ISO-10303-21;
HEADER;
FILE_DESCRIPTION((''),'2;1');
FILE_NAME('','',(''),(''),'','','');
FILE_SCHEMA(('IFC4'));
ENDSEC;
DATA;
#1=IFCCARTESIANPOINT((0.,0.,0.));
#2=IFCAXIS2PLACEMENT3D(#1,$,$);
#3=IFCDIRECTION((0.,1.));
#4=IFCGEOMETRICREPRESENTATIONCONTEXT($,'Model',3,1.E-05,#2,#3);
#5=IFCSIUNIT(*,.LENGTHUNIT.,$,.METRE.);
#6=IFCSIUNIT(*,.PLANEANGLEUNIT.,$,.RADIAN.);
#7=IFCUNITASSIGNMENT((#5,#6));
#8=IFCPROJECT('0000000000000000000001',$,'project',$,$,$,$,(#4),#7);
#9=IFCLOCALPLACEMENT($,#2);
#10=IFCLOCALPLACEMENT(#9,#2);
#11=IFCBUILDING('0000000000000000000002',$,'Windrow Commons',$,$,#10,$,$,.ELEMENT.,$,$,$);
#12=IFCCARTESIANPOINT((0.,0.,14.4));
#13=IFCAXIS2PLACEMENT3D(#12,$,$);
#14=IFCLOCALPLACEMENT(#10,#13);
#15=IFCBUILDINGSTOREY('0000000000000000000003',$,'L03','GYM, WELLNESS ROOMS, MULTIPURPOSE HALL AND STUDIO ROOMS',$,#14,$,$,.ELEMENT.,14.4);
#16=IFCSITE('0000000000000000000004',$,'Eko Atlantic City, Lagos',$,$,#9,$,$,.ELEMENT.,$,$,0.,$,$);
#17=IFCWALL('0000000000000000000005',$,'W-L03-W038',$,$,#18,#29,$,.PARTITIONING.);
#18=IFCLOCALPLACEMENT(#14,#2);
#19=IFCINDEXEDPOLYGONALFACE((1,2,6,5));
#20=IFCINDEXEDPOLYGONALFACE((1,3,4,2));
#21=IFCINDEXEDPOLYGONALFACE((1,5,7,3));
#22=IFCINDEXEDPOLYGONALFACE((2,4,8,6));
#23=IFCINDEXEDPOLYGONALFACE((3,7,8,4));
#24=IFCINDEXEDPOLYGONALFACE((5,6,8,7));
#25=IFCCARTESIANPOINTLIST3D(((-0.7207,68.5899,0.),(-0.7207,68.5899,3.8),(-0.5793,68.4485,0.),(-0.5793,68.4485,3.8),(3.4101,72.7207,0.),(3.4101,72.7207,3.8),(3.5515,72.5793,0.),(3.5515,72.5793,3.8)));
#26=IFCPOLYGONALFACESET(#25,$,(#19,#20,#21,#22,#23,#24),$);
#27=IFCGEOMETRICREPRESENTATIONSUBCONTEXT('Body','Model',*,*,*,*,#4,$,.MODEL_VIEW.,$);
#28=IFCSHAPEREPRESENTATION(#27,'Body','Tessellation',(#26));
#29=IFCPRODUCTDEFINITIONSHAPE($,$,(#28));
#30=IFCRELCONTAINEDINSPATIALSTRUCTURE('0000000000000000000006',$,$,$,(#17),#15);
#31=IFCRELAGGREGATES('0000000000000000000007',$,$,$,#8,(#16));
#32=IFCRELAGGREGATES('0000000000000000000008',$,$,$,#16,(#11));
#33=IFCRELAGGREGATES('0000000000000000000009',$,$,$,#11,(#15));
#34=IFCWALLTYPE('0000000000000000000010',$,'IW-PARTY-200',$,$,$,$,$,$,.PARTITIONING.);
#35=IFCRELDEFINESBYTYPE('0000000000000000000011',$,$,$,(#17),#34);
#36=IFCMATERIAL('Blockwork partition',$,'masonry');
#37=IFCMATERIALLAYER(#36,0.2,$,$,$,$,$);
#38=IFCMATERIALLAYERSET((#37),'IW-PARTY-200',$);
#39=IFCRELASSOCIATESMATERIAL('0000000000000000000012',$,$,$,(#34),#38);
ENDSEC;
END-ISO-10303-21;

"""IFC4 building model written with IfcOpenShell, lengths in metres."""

from ifc_helpers import new_model, si_unit, direction, frame, frame_2d, origin, place, context, subcontext, project, spatial, rectangle, extrude, material, layer, layer_set, type_object, element, save


model = new_model("IFC4")

# Units and contexts
model_context = context("Model", 3, precision=1e-05, world=origin(), true_north=direction((0.0, 1.0)))
body_context = subcontext(model_context, "Body", "Model", "MODEL_VIEW")
ifc_project = project(units=[si_unit("LENGTHUNIT", "METRE"), si_unit("PLANEANGLEUNIT", "RADIAN")], contexts=[model_context])

# Site, building, storey
site_placement = place(None, origin())
site = spatial("IfcSite", under=ifc_project, at=site_placement, Name="Eko Atlantic City, Lagos", CompositionType="ELEMENT", RefElevation=0.0)
building_placement = place(site_placement, origin())
building = spatial("IfcBuilding", under=site, at=building_placement, Name="Windrow Commons", CompositionType="ELEMENT")
storey_placement = place(building_placement, frame((0.0, 0.0, 14.4)))
storey = spatial("IfcBuildingStorey", under=building, at=storey_placement, Name="L03", Description="GYM, WELLNESS ROOMS, MULTIPURPOSE HALL AND STUDIO ROOMS", CompositionType="ELEMENT", Elevation=14.4)

# Wall
ifc_material_1 = material(Name="Blockwork partition", Category="masonry")
ifc_layer_1 = layer(ifc_material_1, 0.2)
ifc_layer_set_1 = layer_set([ifc_layer_1], Name="IW-PARTY-200")
wall_type_1 = type_object("IfcWallType", Name="IW-PARTY-200", PredefinedType="PARTITIONING", material=ifc_layer_set_1)
wall_1_placement = place(storey_placement, frame((-0.65, 68.5192, 0.0), z_axis=(0.0, 0.0, 1.0), x_axis=(0.707107, 0.707107, 0.0)))
element("IfcWall", 1, at=wall_1_placement, inside=storey, type_object=wall_type_1, Name="W-L03-W038", PredefinedType="PARTITIONING", context=body_context, shape_type="SweptSolid", body=[
    extrude(rectangle(XDim=5.8418, YDim=0.2, at=frame_2d((2.9209, 0.0))), origin(), (0.0, 0.0, 1.0), 3.8),
])

save(model, "model.ifc")
